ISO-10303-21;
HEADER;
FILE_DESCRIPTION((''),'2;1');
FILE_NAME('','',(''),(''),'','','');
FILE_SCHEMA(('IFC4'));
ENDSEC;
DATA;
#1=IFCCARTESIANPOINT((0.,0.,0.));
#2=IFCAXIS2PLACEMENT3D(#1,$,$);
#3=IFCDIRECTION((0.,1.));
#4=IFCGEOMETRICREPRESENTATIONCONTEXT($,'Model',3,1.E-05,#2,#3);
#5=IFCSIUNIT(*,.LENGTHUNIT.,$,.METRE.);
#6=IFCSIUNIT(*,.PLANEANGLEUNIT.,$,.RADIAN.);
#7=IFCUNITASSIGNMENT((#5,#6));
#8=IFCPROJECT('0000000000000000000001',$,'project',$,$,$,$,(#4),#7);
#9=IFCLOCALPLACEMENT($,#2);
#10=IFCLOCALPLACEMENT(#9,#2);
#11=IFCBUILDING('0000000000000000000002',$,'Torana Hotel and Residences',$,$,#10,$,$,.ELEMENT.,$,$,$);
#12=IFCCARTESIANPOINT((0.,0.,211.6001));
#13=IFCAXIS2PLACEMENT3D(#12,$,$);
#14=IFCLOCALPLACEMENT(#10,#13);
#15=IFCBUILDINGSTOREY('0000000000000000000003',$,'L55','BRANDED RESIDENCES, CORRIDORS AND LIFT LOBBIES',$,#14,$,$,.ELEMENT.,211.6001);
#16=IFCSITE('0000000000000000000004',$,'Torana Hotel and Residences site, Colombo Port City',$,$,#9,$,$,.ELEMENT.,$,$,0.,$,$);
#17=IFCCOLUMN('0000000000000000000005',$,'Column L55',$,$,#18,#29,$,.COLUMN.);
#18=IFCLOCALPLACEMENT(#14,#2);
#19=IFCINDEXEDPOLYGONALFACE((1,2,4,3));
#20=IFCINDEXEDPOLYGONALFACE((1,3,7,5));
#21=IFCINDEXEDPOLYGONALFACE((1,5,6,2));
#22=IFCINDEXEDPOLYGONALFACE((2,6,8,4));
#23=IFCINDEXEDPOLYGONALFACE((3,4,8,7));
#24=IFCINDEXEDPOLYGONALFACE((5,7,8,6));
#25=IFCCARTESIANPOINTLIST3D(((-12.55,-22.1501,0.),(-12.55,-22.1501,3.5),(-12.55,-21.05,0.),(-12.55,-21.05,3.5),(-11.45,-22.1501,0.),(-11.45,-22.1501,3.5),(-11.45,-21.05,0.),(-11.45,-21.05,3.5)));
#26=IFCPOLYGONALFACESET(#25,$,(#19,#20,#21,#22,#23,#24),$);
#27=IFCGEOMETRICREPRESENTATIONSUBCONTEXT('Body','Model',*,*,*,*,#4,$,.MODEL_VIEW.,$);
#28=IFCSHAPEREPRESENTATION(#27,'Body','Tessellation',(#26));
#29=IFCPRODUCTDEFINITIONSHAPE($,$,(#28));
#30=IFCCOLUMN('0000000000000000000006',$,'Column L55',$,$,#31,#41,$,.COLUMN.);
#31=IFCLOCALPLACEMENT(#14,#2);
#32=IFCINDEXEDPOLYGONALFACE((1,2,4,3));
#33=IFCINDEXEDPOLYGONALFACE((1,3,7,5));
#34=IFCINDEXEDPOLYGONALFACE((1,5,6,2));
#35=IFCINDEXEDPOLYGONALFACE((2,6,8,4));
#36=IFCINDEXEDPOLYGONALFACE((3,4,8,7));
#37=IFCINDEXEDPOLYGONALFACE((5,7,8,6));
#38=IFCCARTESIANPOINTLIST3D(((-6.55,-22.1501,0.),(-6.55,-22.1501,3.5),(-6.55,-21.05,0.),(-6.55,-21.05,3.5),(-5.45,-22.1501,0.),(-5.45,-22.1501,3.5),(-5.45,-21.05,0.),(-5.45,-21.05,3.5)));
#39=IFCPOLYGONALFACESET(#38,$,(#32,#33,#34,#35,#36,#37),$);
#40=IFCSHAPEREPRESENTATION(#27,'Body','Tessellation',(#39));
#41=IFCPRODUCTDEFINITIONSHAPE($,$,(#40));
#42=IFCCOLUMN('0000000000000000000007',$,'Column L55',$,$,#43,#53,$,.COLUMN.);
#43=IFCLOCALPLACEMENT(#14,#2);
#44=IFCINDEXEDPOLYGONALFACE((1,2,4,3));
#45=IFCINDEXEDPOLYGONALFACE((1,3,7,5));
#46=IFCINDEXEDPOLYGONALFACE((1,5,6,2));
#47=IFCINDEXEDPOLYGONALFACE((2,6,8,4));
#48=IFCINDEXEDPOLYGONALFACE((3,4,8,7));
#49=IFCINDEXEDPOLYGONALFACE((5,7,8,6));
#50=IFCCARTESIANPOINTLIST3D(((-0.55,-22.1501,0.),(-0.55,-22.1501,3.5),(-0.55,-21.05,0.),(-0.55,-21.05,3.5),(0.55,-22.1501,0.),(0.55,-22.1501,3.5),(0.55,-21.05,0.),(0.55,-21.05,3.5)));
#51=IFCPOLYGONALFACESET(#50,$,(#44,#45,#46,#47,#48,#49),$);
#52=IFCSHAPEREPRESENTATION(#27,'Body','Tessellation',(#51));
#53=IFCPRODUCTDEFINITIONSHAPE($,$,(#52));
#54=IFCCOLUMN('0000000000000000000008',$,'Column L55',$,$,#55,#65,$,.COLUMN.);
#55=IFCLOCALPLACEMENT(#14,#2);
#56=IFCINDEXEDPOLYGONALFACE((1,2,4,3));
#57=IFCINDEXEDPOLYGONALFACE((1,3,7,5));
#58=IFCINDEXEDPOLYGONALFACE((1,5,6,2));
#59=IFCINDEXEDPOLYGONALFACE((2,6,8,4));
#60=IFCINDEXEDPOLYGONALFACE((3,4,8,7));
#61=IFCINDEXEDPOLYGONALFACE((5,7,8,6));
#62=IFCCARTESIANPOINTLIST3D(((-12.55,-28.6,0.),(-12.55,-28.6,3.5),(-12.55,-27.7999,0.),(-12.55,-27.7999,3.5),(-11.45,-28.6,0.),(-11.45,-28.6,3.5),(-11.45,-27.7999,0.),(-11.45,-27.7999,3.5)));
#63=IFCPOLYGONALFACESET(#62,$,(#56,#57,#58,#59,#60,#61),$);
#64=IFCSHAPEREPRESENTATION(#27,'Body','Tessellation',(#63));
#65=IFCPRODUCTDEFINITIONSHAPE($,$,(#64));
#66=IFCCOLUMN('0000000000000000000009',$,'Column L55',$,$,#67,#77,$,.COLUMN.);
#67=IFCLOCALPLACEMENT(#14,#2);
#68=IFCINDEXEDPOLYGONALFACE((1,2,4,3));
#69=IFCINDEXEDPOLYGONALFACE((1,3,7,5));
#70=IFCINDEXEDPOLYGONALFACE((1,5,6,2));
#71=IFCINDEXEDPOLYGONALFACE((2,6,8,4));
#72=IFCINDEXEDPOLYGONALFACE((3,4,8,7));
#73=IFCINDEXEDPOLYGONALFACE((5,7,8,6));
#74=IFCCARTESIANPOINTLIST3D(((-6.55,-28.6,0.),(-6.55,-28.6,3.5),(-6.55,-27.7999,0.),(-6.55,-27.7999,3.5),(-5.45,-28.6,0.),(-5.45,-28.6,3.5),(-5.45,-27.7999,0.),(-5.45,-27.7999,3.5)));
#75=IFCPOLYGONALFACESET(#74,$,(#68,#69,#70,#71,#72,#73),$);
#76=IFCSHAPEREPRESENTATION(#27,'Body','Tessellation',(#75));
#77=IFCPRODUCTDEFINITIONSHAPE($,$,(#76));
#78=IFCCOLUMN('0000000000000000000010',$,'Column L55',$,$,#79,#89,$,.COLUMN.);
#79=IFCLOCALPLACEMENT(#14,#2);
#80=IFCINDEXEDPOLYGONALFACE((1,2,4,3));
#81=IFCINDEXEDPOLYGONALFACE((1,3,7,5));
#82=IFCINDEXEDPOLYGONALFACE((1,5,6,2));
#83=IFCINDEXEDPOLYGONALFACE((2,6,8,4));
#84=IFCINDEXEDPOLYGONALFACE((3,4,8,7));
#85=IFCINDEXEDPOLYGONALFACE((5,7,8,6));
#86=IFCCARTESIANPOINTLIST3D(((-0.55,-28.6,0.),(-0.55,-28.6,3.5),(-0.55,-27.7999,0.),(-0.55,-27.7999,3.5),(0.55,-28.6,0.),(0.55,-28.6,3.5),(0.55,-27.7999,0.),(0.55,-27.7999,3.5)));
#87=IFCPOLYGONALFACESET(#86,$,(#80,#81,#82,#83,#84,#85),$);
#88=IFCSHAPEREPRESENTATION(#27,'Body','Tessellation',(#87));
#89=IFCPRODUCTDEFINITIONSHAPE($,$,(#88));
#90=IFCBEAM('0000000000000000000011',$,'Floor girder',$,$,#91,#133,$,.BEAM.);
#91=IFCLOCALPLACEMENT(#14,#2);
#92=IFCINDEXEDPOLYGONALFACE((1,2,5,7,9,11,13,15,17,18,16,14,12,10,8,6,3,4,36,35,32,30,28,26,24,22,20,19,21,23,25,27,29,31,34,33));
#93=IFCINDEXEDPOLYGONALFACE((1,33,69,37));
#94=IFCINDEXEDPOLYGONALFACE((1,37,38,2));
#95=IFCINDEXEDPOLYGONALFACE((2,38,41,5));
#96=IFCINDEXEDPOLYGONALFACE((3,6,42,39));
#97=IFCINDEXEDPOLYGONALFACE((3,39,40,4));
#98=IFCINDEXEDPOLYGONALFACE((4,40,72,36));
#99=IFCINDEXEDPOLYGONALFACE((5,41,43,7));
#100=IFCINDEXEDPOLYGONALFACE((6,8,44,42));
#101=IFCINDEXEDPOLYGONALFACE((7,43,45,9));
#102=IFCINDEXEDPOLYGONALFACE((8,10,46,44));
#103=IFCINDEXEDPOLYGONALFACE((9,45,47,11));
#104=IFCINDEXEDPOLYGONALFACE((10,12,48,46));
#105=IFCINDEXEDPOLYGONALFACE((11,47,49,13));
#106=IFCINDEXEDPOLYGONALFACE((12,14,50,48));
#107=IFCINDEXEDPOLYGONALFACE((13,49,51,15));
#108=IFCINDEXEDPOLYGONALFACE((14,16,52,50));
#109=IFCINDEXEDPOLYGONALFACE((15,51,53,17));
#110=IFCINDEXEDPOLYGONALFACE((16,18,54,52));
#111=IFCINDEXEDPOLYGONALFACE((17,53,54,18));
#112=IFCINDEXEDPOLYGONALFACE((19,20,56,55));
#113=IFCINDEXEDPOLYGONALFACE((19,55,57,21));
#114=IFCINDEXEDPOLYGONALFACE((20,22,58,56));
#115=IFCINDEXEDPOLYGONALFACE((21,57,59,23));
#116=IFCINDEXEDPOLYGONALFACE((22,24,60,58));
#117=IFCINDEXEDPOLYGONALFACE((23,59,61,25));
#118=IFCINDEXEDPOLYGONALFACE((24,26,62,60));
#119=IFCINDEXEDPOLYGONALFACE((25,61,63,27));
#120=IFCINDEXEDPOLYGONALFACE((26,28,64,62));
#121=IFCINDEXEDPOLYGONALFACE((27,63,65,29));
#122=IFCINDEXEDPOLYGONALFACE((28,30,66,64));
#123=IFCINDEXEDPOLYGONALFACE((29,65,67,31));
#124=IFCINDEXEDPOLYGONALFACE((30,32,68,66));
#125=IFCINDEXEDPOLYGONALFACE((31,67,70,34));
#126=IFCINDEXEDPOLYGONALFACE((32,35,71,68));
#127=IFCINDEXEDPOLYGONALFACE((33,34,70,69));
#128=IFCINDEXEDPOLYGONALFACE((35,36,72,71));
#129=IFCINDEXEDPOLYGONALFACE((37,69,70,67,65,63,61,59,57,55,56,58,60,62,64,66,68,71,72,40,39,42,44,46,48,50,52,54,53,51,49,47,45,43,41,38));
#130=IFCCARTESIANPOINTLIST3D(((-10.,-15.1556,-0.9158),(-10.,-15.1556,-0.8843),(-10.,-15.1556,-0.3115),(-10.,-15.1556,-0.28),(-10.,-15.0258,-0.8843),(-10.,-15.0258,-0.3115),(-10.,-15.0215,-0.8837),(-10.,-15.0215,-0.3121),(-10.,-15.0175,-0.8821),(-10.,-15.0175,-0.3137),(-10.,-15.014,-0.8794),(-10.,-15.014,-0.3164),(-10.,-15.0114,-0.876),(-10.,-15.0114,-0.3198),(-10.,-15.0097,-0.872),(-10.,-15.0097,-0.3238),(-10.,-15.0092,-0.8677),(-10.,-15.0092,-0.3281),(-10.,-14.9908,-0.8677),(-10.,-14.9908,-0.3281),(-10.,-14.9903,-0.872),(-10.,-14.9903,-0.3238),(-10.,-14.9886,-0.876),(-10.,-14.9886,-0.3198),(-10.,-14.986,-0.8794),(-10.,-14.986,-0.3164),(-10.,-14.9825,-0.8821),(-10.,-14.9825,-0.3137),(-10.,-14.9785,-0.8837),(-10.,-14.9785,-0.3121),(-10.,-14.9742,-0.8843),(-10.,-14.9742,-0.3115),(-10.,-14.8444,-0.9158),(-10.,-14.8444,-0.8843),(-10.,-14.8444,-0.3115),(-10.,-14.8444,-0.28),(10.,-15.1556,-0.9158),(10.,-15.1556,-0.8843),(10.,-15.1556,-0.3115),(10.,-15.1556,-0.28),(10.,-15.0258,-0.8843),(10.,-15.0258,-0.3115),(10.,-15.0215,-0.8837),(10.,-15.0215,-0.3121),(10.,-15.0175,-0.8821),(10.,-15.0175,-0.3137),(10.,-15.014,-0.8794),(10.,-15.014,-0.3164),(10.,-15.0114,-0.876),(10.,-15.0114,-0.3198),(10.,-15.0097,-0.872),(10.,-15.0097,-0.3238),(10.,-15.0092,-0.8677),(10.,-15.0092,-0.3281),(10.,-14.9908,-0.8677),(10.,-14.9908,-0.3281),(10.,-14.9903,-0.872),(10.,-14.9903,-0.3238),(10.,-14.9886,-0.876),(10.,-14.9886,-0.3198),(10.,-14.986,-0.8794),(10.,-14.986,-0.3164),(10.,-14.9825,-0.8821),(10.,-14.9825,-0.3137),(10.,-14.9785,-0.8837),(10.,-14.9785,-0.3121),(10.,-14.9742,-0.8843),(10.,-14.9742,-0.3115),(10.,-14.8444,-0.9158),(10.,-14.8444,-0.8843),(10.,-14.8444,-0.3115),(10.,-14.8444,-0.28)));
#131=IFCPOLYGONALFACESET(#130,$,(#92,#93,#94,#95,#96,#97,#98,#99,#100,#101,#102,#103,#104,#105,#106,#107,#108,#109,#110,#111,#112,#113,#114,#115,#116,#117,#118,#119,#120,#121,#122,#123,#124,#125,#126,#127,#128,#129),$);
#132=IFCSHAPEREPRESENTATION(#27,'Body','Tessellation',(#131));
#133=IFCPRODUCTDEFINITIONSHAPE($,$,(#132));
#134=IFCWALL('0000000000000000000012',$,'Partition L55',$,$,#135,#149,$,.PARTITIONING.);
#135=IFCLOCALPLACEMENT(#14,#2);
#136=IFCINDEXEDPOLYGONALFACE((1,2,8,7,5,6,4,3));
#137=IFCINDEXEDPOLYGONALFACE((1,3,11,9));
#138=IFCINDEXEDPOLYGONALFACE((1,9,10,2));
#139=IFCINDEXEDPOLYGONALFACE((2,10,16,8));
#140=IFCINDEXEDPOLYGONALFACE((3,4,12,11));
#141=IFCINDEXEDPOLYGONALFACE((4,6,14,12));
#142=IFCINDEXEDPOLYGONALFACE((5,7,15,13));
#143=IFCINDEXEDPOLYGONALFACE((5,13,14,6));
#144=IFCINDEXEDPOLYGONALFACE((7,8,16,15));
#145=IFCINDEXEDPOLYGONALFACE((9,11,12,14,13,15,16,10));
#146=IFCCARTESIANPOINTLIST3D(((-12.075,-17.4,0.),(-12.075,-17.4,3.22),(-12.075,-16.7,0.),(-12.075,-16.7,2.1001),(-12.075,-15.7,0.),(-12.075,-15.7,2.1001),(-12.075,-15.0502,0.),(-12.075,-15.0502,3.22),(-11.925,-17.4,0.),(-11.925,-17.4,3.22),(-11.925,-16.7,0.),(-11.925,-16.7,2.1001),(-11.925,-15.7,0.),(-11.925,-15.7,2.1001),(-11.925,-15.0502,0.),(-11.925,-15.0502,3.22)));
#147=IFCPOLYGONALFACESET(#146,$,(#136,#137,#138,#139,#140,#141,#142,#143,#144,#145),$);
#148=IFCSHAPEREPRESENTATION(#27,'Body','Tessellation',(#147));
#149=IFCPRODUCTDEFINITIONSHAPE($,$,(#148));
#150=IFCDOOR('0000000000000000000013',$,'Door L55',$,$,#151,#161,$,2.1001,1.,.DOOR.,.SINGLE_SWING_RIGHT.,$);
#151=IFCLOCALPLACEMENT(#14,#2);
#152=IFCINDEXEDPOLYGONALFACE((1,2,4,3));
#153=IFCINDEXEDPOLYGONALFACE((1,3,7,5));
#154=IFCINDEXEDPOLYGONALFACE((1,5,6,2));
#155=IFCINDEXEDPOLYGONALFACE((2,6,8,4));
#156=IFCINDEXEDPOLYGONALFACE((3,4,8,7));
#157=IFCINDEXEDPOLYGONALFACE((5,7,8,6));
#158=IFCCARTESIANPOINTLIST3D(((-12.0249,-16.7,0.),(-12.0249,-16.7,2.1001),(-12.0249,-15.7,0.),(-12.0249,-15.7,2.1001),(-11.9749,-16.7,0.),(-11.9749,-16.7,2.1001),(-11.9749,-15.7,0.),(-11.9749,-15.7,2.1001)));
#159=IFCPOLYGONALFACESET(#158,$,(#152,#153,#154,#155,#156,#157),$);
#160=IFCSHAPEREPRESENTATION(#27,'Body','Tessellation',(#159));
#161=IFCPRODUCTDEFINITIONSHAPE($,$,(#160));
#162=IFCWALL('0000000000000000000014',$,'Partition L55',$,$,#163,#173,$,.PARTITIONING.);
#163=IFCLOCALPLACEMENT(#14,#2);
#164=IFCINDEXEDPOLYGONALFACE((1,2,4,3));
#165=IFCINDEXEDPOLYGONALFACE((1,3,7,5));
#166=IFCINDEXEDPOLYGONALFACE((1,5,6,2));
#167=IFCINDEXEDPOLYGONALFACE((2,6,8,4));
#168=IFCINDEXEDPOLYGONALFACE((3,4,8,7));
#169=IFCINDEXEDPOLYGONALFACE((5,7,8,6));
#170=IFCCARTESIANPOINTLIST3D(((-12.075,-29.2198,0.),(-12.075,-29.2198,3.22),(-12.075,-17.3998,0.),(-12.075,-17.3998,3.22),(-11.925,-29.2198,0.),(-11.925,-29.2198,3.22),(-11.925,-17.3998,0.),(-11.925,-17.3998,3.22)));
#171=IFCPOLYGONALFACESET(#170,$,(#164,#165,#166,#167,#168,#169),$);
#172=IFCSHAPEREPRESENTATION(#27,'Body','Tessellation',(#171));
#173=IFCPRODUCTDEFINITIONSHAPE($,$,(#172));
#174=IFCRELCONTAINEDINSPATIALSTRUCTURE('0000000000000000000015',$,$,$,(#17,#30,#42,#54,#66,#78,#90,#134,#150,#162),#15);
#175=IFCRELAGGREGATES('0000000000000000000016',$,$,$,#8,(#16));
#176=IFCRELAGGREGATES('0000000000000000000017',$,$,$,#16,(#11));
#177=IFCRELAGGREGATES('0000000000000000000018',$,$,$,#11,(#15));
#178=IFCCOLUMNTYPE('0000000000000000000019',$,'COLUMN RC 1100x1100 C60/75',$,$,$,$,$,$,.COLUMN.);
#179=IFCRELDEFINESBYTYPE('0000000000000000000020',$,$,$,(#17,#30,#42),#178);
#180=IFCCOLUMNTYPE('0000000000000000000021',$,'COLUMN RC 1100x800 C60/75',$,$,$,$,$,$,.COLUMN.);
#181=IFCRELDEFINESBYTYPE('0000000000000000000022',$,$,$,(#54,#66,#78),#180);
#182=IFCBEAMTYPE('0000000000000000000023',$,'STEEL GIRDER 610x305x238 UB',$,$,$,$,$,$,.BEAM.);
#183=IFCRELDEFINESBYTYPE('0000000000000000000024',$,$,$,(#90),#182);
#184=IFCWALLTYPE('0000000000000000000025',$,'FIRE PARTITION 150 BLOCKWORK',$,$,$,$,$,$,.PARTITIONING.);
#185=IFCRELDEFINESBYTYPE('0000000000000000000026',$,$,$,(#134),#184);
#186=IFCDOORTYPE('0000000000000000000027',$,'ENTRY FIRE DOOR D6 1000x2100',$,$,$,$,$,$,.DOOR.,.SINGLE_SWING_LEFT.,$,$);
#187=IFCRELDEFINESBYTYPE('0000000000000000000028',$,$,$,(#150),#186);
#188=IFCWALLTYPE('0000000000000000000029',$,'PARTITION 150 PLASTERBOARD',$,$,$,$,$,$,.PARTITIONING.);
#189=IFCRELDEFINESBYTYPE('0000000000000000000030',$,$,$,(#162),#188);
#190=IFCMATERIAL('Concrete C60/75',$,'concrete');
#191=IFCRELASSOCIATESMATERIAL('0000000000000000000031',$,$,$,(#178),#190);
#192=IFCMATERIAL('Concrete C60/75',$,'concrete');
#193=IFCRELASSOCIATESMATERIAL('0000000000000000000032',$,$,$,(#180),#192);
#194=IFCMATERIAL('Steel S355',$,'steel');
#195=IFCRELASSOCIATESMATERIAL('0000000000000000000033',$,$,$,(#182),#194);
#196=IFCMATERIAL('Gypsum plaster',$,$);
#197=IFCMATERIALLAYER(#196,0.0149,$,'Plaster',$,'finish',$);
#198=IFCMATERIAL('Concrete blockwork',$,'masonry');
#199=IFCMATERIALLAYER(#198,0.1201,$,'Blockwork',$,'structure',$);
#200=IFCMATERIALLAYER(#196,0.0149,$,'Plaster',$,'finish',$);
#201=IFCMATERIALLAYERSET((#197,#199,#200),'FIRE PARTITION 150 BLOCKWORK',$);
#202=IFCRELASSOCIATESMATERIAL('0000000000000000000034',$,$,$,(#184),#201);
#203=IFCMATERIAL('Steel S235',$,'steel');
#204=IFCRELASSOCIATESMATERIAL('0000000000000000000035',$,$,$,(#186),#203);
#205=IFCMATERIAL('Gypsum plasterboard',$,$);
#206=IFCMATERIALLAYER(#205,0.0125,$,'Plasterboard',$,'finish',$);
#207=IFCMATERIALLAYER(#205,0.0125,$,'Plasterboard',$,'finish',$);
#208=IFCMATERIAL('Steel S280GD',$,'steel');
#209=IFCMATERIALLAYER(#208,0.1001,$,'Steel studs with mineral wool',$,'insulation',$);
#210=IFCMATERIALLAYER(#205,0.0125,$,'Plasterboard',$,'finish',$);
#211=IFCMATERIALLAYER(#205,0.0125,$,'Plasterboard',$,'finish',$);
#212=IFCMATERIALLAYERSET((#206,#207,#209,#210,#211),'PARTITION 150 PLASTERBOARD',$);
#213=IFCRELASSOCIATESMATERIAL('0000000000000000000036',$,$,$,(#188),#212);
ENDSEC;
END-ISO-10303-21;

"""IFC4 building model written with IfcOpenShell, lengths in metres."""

from ifc_helpers import new_model, si_unit, direction, frame, frame_2d, origin, origin_2d, place, context, subcontext, project, spatial, rectangle, i_section, extrude, material, layer, layer_set, material_profile, profile_set, type_object, element, fill, save


model = new_model("IFC4")

# Units and contexts
model_context = context("Model", 3, precision=1e-05, world=origin(), true_north=direction((0.0, 1.0)))
body_context = subcontext(model_context, "Body", "Model", "MODEL_VIEW")
ifc_project = project(units=[si_unit("LENGTHUNIT", "METRE"), si_unit("PLANEANGLEUNIT", "RADIAN")], contexts=[model_context])

# Site, building, storey
site_placement = place(None, origin())
site = spatial("IfcSite", under=ifc_project, at=site_placement, Name="Torana Hotel and Residences site, Colombo Port City", CompositionType="ELEMENT", RefElevation=0.0)
building_placement = place(site_placement, origin())
building = spatial("IfcBuilding", under=site, at=building_placement, Name="Torana Hotel and Residences", CompositionType="ELEMENT")
storey_placement = place(building_placement, frame((0.0, 0.0, 211.6001)))
storey = spatial("IfcBuildingStorey", under=building, at=storey_placement, Name="L55", Description="BRANDED RESIDENCES, CORRIDORS AND LIFT LOBBIES", CompositionType="ELEMENT", Elevation=211.6001)

# Columns
ifc_material_1 = material(Name="Concrete C60/75", Category="concrete")
ifc_material_profile_1 = material_profile(ifc_material_1, rectangle(XDim=1.1001, YDim=1.1001, at=origin_2d()), Name="RC 1100x1100")
ifc_profile_set_1 = profile_set([ifc_material_profile_1], Name="Concrete C60/75")
column_type_1 = type_object("IfcColumnType", Name="COLUMN RC 1100x1100 C60/75", PredefinedType="COLUMN", material=ifc_profile_set_1)
for number, where, z_axis, x_axis, name in (
    (1, (-12.0, -21.6001, 0.0), (0.0, 0.0, 1.0), (1.0, 0.0, 0.0), "Column L55"),
    (2, (-6.0, -21.6001, 0.0), (0.0, 0.0, 1.0), (1.0, 0.0, 0.0), "Column L55"),
    (3, (0.0, -21.6001, 0.0), (0.0, 0.0, 1.0), (1.0, 0.0, 0.0), "Column L55"),
):
    element("IfcColumn", number, at=place(storey_placement, frame(where, z_axis=z_axis, x_axis=x_axis)), inside=storey, type_object=column_type_1, Name=name, PredefinedType="COLUMN", context=body_context, shape_type="SweptSolid", body=[
        extrude(rectangle(XDim=1.1001, YDim=1.1001, at=origin_2d()), origin(), (0.0, 0.0, 1.0), 3.5),
    ])
ifc_material_2 = material(Name="Concrete C60/75", Category="concrete")
ifc_material_profile_2 = material_profile(ifc_material_2, rectangle(XDim=1.1001, YDim=0.8, at=origin_2d()), Name="RC 1100x800")
ifc_profile_set_2 = profile_set([ifc_material_profile_2], Name="Concrete C60/75")
column_type_2 = type_object("IfcColumnType", Name="COLUMN RC 1100x800 C60/75", PredefinedType="COLUMN", material=ifc_profile_set_2)
for number, where, z_axis, x_axis, name in (
    (4, (-12.0, -28.2, 0.0), (0.0, 0.0, 1.0), (1.0, 0.0, 0.0), "Column L55"),
    (5, (-6.0, -28.2, 0.0), (0.0, 0.0, 1.0), (1.0, 0.0, 0.0), "Column L55"),
    (6, (0.0, -28.2, 0.0), (0.0, 0.0, 1.0), (1.0, 0.0, 0.0), "Column L55"),
):
    element("IfcColumn", number, at=place(storey_placement, frame(where, z_axis=z_axis, x_axis=x_axis)), inside=storey, type_object=column_type_2, Name=name, PredefinedType="COLUMN", context=body_context, shape_type="SweptSolid", body=[
        extrude(rectangle(XDim=1.1001, YDim=0.8, at=origin_2d()), origin(), (0.0, 0.0, 1.0), 3.5),
    ])

# Beam
ifc_material_3 = material(Name="Steel S355", Category="steel")
ifc_material_profile_3 = material_profile(ifc_material_3, i_section(OverallWidth=0.3113, OverallDepth=0.6357, WebThickness=0.0183, FlangeThickness=0.0315, FilletRadius=0.0166, at=origin_2d()), Name="610x305x238 UB")
ifc_profile_set_3 = profile_set([ifc_material_profile_3], Name="Steel S355")
beam_type = type_object("IfcBeamType", Name="STEEL GIRDER 610x305x238 UB", PredefinedType="BEAM", material=ifc_profile_set_3)
beam_placement = place(storey_placement, frame((-10.0, -15.0, -0.5979), z_axis=(1.0, 0.0, 0.0), x_axis=(0.0, 1.0, 0.0)))
element("IfcBeam", 7, at=beam_placement, inside=storey, type_object=beam_type, Name="Floor girder", PredefinedType="BEAM", context=body_context, shape_type="SweptSolid", body=[
    extrude(i_section(OverallWidth=0.3113, OverallDepth=0.6357, WebThickness=0.0183, FlangeThickness=0.0315, FilletRadius=0.0166, at=origin_2d()), origin(), (0.0, 0.0, 1.0), 20.0),
])

# Wall, opening, door
ifc_material_4 = material(Name="Gypsum plaster")
ifc_layer_1 = layer(ifc_material_4, 0.0149, Name="Plaster", Category="finish")
ifc_material_5 = material(Name="Concrete blockwork", Category="masonry")
ifc_layer_2 = layer(ifc_material_5, 0.1201, Name="Blockwork", Category="structure")
ifc_layer_3 = layer(ifc_material_4, 0.0149, Name="Plaster", Category="finish")
ifc_layer_set_1 = layer_set([ifc_layer_1, ifc_layer_2, ifc_layer_3], Name="FIRE PARTITION 150 BLOCKWORK")
wall_type_1 = type_object("IfcWallType", Name="FIRE PARTITION 150 BLOCKWORK", PredefinedType="PARTITIONING", material=ifc_layer_set_1)
wall_1_placement = place(storey_placement, frame((-12.0, -17.3999, 0.0), z_axis=(0.0, 0.0, 1.0), x_axis=(0.0, 1.0, 0.0)))
wall_1 = element("IfcWall", 8, at=wall_1_placement, inside=storey, type_object=wall_type_1, Name="Partition L55", PredefinedType="PARTITIONING", context=body_context, shape_type="SweptSolid", body=[
    extrude(rectangle(XDim=2.3499, YDim=0.1499, at=frame_2d((1.1748, 0.0))), origin(), (0.0, 0.0, 1.0), 3.22),
])
opening_placement = place(wall_1_placement, frame((0.7, 0.0, 0.0)))
opening = element("IfcOpeningElement", 9, at=opening_placement, cuts=wall_1, PredefinedType="OPENING", context=body_context, shape_type="SweptSolid", body=[
    extrude(rectangle(XDim=1.0, YDim=2.1001, at=frame_2d((0.5, 1.05))), frame((0.0, 0.085, 0.0), z_axis=(0.0, -1.0, 0.0), x_axis=(1.0, 0.0, 0.0)), (0.0, 0.0, 1.0), 0.1699),
])
ifc_material_6 = material(Name="Steel S235", Category="steel")
door_type = type_object("IfcDoorType", Name="ENTRY FIRE DOOR D6 1000x2100", OperationType="SINGLE_SWING_LEFT", PredefinedType="DOOR", material=ifc_material_6)
door_placement = place(opening_placement, origin())
door = element("IfcDoor", 10, at=door_placement, inside=storey, type_object=door_type, Name="Door L55", OperationType="SINGLE_SWING_RIGHT", OverallHeight=2.1001, OverallWidth=1.0, PredefinedType="DOOR", context=body_context, shape_type="SweptSolid", body=[
    extrude(rectangle(XDim=1.0, YDim=2.1001, at=frame_2d((0.5, 1.05))), frame((0.0, 0.0249, 0.0), z_axis=(0.0, -1.0, 0.0), x_axis=(1.0, 0.0, 0.0)), (0.0, 0.0, 1.0), 0.05),
])
fill(opening, door)

# Wall
ifc_material_7 = material(Name="Gypsum plasterboard")
ifc_layer_4 = layer(ifc_material_7, 0.0125, Name="Plasterboard", Category="finish")
ifc_layer_5 = layer(ifc_material_7, 0.0125, Name="Plasterboard", Category="finish")
ifc_material_8 = material(Name="Steel S280GD", Category="steel")
ifc_layer_6 = layer(ifc_material_8, 0.1001, Name="Steel studs with mineral wool", Category="insulation")
ifc_layer_7 = layer(ifc_material_7, 0.0125, Name="Plasterboard", Category="finish")
ifc_layer_8 = layer(ifc_material_7, 0.0125, Name="Plasterboard", Category="finish")
ifc_layer_set_2 = layer_set([ifc_layer_4, ifc_layer_5, ifc_layer_6, ifc_layer_7, ifc_layer_8], Name="PARTITION 150 PLASTERBOARD")
wall_type_2 = type_object("IfcWallType", Name="PARTITION 150 PLASTERBOARD", PredefinedType="PARTITIONING", material=ifc_layer_set_2)
wall_2_placement = place(storey_placement, frame((-12.0, -29.22, 0.0), z_axis=(0.0, 0.0, 1.0), x_axis=(0.0, 1.0, 0.0)))
element("IfcWall", 11, at=wall_2_placement, inside=storey, type_object=wall_type_2, Name="Partition L55", PredefinedType="PARTITIONING", context=body_context, shape_type="SweptSolid", body=[
    extrude(rectangle(XDim=11.8201, YDim=0.1499, at=frame_2d((5.9102, 0.0))), origin(), (0.0, 0.0, 1.0), 3.22),
])

save(model, "model.ifc")
